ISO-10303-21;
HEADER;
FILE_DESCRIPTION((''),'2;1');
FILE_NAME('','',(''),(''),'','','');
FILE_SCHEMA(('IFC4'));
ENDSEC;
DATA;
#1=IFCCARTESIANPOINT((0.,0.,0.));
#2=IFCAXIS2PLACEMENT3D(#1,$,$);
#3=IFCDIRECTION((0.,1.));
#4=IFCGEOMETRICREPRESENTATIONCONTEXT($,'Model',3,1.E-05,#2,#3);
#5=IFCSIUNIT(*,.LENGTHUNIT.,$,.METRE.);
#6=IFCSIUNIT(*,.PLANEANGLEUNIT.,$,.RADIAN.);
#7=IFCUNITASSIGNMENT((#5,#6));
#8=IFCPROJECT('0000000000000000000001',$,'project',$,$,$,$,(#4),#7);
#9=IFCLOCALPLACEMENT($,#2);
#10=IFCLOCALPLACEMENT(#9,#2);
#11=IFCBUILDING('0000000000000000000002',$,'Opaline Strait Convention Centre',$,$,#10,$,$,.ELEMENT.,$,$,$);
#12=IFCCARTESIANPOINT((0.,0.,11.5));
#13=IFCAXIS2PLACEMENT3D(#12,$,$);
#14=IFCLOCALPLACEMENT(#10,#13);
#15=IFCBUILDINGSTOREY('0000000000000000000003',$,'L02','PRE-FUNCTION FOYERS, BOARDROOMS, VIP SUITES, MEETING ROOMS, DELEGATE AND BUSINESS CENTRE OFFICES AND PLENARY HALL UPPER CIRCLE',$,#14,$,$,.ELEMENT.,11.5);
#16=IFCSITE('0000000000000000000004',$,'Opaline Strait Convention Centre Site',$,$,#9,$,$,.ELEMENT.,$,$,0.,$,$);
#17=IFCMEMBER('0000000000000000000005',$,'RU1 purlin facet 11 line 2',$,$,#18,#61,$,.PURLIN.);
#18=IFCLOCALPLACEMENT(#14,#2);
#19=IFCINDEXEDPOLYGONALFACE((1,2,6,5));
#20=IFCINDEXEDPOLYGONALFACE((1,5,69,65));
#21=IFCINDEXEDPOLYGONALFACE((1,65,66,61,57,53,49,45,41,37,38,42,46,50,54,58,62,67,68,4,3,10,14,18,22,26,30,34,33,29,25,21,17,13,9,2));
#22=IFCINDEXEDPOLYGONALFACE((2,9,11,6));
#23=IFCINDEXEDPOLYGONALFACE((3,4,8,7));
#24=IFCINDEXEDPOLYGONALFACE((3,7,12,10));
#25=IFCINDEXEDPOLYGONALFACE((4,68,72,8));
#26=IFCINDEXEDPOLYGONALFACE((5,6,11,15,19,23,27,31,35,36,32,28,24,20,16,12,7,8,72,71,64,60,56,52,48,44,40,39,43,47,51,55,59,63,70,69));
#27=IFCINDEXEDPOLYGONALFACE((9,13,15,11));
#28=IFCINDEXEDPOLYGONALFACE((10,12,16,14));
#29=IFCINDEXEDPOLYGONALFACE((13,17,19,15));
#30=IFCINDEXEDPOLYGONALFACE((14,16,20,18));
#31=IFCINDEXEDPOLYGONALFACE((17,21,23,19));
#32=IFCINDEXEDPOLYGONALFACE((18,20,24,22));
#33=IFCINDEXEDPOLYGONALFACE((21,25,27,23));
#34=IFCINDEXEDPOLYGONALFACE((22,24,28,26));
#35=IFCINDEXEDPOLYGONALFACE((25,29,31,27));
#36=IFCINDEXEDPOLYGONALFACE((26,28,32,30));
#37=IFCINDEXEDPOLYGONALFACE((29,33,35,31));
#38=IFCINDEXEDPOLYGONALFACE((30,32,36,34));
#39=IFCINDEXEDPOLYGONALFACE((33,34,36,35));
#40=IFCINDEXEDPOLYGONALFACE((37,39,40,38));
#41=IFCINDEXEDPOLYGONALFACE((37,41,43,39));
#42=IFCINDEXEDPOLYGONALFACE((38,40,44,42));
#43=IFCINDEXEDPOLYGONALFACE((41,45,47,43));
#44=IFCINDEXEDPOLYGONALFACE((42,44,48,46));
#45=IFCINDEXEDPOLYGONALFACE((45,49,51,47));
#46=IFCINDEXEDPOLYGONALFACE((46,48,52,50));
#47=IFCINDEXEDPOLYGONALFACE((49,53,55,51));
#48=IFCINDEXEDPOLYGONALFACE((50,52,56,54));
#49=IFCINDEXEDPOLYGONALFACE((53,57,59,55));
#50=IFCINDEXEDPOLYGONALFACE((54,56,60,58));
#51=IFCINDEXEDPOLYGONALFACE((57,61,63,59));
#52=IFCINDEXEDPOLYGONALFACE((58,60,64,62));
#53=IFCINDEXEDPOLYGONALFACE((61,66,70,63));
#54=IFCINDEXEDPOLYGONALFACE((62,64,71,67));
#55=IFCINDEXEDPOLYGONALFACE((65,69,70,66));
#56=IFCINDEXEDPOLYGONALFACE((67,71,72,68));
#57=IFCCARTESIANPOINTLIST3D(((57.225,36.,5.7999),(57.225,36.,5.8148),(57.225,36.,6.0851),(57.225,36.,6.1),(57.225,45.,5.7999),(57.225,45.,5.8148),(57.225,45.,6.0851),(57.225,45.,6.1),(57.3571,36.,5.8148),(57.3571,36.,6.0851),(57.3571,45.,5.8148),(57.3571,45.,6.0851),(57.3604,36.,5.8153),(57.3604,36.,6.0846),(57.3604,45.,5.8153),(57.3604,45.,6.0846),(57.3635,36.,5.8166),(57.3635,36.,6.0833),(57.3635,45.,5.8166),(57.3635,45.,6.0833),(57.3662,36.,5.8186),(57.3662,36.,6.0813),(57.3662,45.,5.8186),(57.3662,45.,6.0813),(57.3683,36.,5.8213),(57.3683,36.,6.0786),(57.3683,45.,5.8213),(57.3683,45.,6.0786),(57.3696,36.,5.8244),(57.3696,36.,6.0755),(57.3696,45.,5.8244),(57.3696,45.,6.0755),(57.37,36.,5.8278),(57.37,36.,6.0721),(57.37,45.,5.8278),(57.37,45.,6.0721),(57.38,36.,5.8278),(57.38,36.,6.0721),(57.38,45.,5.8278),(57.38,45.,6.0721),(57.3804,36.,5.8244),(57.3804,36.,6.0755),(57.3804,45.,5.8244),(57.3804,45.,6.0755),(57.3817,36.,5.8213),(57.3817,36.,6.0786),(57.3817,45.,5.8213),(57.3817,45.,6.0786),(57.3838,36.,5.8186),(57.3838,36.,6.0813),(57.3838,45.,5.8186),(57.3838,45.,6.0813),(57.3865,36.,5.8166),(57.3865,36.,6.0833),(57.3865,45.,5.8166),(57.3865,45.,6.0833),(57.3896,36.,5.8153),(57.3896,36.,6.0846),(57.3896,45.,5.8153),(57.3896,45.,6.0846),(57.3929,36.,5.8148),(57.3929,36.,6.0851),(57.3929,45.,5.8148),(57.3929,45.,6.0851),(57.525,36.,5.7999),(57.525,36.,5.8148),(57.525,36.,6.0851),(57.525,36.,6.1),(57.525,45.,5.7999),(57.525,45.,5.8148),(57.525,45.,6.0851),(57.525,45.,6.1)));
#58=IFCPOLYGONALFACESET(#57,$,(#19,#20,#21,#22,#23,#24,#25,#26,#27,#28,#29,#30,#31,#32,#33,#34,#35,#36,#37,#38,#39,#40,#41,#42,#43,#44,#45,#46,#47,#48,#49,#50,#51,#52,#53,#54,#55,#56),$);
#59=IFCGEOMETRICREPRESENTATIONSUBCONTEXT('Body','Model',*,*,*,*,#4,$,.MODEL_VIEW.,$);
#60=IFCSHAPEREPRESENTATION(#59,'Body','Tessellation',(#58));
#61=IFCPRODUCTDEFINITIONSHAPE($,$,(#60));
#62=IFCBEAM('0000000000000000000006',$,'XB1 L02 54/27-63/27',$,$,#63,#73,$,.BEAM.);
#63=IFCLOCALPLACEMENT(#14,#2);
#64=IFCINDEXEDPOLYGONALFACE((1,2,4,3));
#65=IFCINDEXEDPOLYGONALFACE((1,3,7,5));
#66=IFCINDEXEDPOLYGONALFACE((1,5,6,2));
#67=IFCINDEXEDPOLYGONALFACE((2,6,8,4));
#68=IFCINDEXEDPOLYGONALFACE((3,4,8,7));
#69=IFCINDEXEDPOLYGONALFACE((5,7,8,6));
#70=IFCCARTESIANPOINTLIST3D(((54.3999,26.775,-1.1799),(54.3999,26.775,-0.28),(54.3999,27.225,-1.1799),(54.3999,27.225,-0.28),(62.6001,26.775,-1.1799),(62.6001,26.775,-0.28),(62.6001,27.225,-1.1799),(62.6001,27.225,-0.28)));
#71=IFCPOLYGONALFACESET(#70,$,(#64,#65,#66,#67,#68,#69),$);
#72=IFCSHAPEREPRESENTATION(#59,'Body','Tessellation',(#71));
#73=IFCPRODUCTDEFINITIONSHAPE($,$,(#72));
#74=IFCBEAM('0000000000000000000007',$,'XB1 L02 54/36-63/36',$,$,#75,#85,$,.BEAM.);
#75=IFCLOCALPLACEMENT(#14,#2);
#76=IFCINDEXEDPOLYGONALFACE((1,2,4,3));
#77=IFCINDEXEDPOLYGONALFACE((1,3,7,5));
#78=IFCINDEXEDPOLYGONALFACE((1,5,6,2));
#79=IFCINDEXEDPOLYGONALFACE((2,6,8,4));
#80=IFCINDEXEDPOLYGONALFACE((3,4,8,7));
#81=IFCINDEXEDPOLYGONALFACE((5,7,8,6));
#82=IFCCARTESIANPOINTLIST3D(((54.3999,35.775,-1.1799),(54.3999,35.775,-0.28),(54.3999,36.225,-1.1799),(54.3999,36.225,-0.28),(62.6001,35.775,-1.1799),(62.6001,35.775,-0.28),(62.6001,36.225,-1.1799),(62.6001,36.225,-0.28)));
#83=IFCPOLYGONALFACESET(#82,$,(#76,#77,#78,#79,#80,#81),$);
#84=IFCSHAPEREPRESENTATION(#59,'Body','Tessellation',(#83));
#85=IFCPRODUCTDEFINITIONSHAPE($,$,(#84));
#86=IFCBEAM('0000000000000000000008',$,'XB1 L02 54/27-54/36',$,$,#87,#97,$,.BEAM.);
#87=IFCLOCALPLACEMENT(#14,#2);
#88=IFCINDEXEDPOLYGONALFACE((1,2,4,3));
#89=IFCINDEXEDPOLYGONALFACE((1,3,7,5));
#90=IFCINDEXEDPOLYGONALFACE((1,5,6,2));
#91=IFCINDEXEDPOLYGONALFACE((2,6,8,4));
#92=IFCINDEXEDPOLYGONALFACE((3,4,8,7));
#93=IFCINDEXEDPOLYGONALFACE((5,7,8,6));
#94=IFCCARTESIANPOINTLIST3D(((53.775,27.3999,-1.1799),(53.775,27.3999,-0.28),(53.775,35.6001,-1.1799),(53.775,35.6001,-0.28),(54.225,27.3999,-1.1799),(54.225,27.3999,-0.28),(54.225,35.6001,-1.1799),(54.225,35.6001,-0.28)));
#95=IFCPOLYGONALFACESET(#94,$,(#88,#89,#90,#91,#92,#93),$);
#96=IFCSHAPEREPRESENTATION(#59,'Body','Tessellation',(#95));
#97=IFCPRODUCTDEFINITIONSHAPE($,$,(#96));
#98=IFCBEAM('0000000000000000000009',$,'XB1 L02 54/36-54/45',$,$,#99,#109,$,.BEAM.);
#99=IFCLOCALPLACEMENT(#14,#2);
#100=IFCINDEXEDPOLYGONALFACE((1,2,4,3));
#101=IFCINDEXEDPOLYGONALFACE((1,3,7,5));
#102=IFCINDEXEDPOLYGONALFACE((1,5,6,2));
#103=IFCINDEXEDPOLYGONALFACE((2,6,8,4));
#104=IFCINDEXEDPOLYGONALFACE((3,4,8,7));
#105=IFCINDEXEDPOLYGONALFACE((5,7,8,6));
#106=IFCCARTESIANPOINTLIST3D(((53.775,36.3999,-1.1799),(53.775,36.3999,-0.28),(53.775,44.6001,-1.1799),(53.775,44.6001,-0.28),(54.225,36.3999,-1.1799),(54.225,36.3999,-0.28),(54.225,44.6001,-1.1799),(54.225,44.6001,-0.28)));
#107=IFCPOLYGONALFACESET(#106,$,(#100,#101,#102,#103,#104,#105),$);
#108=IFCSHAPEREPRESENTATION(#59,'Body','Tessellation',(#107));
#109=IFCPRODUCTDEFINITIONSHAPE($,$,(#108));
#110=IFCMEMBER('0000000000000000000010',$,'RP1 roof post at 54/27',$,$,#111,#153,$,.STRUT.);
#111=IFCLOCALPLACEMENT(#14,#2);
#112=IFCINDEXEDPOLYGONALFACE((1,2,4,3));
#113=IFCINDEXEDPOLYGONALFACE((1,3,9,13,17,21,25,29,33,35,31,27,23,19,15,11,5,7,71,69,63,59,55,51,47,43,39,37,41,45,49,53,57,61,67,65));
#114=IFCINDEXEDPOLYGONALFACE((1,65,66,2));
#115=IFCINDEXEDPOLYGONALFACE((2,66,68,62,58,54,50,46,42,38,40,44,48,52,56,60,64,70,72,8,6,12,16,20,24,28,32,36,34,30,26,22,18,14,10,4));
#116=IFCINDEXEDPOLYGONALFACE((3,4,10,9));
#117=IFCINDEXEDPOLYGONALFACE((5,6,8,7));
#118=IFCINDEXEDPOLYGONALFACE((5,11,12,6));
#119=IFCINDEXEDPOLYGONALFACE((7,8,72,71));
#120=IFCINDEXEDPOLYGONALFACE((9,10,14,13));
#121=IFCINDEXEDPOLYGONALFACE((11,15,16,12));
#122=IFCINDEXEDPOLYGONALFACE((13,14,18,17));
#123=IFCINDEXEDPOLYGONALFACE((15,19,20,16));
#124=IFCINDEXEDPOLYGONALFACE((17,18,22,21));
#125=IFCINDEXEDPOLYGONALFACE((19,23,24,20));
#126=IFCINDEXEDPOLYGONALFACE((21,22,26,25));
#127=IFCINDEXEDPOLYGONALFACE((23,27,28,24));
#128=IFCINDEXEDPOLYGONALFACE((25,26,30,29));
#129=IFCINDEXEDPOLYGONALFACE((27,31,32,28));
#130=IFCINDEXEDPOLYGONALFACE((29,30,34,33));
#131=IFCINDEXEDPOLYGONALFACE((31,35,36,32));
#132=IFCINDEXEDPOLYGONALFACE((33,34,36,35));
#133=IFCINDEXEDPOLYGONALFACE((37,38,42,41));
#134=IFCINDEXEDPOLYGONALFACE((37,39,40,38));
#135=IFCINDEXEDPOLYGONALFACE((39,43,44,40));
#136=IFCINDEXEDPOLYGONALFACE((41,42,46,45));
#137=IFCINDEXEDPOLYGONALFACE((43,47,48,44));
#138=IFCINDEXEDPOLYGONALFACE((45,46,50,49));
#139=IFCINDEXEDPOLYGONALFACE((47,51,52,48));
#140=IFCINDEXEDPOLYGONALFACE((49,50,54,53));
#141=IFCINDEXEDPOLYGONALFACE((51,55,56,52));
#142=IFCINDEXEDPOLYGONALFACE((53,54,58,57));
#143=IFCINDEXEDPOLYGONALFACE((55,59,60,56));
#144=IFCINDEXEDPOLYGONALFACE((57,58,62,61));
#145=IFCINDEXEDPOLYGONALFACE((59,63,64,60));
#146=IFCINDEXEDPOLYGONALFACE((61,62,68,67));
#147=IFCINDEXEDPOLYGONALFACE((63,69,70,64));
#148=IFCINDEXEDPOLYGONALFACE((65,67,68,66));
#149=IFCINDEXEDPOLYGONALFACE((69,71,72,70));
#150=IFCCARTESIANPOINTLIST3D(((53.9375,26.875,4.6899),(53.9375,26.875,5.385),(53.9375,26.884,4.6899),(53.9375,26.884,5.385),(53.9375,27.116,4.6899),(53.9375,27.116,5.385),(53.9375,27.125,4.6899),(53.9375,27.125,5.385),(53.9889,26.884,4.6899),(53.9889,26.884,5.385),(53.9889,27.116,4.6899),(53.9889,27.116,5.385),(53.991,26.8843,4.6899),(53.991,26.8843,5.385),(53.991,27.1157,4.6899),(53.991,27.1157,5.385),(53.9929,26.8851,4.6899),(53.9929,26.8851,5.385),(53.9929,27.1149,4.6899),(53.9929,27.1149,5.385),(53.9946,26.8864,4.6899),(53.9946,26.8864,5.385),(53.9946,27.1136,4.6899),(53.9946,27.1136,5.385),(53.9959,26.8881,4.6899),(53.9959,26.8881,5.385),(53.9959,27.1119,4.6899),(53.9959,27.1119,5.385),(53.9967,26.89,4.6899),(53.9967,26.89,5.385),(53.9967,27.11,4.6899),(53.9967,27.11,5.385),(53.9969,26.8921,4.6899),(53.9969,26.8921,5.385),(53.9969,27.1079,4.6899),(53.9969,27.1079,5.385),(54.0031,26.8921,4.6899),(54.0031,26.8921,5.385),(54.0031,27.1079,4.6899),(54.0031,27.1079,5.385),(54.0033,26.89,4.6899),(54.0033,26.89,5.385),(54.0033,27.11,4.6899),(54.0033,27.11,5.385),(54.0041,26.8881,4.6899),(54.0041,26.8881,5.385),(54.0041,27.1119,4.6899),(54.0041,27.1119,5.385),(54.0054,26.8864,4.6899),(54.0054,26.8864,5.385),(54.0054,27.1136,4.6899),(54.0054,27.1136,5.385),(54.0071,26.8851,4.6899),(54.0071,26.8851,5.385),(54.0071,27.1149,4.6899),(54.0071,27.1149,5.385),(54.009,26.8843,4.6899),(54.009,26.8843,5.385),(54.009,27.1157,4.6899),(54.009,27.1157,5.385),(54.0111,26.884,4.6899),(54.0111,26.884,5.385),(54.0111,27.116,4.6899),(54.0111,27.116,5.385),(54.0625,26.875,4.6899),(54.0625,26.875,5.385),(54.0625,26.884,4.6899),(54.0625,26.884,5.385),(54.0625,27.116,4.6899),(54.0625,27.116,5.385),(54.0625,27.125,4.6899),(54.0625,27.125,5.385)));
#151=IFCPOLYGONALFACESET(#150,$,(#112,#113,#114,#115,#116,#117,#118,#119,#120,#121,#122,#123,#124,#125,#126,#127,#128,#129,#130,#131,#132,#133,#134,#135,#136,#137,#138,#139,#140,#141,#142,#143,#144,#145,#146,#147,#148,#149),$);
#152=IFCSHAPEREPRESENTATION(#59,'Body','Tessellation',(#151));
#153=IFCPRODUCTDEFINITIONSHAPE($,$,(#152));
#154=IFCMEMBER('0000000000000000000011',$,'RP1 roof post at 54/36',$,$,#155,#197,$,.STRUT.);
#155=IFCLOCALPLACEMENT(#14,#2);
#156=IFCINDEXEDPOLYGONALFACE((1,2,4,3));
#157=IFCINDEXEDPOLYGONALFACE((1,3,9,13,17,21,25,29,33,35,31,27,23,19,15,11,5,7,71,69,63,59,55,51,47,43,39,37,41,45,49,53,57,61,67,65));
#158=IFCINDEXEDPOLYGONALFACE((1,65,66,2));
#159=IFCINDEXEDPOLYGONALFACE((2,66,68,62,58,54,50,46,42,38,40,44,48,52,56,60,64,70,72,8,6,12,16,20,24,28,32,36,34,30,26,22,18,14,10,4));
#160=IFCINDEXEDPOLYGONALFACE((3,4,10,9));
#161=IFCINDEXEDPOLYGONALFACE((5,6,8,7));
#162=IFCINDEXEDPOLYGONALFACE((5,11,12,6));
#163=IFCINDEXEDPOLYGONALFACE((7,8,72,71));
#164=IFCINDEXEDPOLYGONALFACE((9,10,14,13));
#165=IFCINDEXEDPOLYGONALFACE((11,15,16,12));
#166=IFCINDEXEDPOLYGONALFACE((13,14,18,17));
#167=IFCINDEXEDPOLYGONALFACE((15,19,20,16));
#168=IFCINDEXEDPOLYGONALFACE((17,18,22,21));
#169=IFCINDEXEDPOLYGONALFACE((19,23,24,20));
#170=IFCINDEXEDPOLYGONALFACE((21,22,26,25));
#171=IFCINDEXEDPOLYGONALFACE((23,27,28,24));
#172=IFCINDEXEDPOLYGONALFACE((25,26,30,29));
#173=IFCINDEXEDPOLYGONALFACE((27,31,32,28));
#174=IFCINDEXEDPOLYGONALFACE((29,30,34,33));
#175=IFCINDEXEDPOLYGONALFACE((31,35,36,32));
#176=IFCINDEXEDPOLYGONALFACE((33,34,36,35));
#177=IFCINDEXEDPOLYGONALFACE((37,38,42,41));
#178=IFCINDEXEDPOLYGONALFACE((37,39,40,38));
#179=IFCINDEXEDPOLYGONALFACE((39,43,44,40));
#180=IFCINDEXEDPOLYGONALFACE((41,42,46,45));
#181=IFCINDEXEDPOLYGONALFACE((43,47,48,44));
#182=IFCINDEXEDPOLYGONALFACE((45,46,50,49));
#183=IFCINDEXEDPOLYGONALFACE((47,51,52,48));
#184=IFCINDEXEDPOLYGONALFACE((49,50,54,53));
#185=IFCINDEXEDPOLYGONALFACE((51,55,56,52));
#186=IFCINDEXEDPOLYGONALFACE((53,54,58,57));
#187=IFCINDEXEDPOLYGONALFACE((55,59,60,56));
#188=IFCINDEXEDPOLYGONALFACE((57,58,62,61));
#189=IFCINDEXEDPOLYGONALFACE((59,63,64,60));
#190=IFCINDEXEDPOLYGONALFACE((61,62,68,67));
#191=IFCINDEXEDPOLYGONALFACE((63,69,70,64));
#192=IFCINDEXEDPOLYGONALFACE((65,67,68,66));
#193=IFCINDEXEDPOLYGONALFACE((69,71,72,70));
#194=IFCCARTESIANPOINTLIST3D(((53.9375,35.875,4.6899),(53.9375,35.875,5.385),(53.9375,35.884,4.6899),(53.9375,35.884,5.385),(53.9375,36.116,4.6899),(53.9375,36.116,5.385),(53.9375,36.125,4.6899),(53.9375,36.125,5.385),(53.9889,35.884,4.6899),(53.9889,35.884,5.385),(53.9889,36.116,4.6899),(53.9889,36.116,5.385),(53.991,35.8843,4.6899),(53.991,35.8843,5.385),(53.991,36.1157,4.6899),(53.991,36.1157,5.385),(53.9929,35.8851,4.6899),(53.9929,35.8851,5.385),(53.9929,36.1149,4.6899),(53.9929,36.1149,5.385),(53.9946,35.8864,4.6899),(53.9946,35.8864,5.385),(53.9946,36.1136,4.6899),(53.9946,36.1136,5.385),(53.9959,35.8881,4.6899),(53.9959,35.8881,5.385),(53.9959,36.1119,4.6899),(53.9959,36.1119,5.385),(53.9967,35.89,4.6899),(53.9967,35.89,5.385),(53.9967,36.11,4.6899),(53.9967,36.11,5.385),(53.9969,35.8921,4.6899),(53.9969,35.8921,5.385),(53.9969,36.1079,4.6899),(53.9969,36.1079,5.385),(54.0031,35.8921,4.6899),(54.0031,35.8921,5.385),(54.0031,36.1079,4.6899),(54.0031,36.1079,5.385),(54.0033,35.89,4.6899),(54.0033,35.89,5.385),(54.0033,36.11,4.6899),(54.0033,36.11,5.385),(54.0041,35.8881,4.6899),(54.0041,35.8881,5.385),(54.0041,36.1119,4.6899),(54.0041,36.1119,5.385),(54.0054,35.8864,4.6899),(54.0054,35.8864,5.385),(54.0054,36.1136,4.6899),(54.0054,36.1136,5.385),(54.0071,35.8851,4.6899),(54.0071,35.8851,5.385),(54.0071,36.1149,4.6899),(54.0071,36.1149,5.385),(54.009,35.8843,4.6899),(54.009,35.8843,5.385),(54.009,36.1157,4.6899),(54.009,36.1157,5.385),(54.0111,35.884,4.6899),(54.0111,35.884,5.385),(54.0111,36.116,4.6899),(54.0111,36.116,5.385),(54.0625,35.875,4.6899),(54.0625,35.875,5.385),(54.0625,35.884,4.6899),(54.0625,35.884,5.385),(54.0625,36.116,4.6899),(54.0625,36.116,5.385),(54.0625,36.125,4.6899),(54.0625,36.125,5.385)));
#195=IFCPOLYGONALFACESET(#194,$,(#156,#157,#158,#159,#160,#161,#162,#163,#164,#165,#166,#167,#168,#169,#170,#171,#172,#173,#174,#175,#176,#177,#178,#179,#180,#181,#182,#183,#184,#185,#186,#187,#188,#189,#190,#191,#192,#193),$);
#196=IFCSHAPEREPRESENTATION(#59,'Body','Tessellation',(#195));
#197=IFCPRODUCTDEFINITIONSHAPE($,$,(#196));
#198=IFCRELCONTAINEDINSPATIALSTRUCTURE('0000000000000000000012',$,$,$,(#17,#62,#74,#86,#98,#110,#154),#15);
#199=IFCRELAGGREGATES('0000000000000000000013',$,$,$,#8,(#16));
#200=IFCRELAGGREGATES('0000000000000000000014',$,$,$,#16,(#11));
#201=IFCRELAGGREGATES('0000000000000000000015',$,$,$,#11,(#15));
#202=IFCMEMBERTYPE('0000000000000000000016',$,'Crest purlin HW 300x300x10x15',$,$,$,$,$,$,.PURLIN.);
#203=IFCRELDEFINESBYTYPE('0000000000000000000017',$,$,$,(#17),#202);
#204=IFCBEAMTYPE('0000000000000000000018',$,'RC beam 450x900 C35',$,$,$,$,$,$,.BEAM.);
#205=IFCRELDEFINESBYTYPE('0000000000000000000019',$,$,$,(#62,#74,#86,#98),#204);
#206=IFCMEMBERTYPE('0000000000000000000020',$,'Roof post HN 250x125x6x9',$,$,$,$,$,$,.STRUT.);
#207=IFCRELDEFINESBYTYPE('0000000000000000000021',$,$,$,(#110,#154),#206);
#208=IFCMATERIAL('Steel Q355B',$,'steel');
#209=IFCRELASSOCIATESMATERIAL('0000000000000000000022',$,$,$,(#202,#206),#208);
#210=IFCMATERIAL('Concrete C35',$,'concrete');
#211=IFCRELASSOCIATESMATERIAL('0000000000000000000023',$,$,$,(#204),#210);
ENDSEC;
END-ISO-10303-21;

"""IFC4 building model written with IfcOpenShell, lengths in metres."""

from ifc_helpers import new_model, si_unit, direction, frame, origin, origin_2d, place, context, subcontext, project, spatial, rectangle, i_section, extrude, material, material_profile, profile_set, type_object, element, save


model = new_model("IFC4")

# Units and contexts
model_context = context("Model", 3, precision=1e-05, world=origin(), true_north=direction((0.0, 1.0)))
body_context = subcontext(model_context, "Body", "Model", "MODEL_VIEW")
ifc_project = project(units=[si_unit("LENGTHUNIT", "METRE"), si_unit("PLANEANGLEUNIT", "RADIAN")], contexts=[model_context])

# Site, building, storey
site_placement = place(None, origin())
site = spatial("IfcSite", under=ifc_project, at=site_placement, Name="Opaline Strait Convention Centre Site", CompositionType="ELEMENT", RefElevation=0.0)
building_placement = place(site_placement, origin())
building = spatial("IfcBuilding", under=site, at=building_placement, Name="Opaline Strait Convention Centre", CompositionType="ELEMENT")
storey_placement = place(building_placement, frame((0.0, 0.0, 11.5)))
storey = spatial("IfcBuildingStorey", under=building, at=storey_placement, Name="L02", Description="PRE-FUNCTION FOYERS, BOARDROOMS, VIP SUITES, MEETING ROOMS, DELEGATE AND BUSINESS CENTRE OFFICES AND PLENARY HALL UPPER CIRCLE", CompositionType="ELEMENT", Elevation=11.5)

# Member
ifc_material_1 = material(Name="Steel Q355B", Category="steel")
ifc_material_profile_1 = material_profile(ifc_material_1, i_section(OverallWidth=0.3, OverallDepth=0.3, WebThickness=0.01, FlangeThickness=0.0149, FilletRadius=0.0129, at=origin_2d()), Name="HW 300x300x10x15")
ifc_profile_set_1 = profile_set([ifc_material_profile_1], Name="Steel Q355B")
member_type_1 = type_object("IfcMemberType", Name="Crest purlin HW 300x300x10x15", PredefinedType="PURLIN", material=ifc_profile_set_1)
for number, where, z_axis, x_axis, name in (
    (1, (57.375, 36.0, 5.95), (0.0, 1.0, 0.0), (-1.0, 0.0, 0.0), "RU1 purlin facet 11 line 2"),
):
    element("IfcMember", number, at=place(storey_placement, frame(where, z_axis=z_axis, x_axis=x_axis)), inside=storey, type_object=member_type_1, Name=name, PredefinedType="PURLIN", context=body_context, shape_type="SweptSolid", body=[
        extrude(i_section(OverallWidth=0.3, OverallDepth=0.3, WebThickness=0.01, FlangeThickness=0.0149, FilletRadius=0.0129, at=origin_2d()), origin(), (0.0, 0.0, 1.0), 9.0),
    ])

# Beams
ifc_material_2 = material(Name="Concrete C35", Category="concrete")
ifc_material_profile_2 = material_profile(ifc_material_2, rectangle(XDim=0.45, YDim=0.8999, at=origin_2d()), Name="RC 450x900")
ifc_profile_set_2 = profile_set([ifc_material_profile_2], Name="Concrete C35")
beam_type = type_object("IfcBeamType", Name="RC beam 450x900 C35", PredefinedType="BEAM", material=ifc_profile_set_2)
for number, where, z_axis, x_axis, name in (
    (2, (54.3999, 27.0, -0.73), (1.0, 0.0, 0.0), (0.0, 1.0, 0.0), "XB1 L02 54/27-63/27"),
    (3, (54.3999, 36.0, -0.73), (1.0, 0.0, 0.0), (0.0, 1.0, 0.0), "XB1 L02 54/36-63/36"),
    (4, (54.0, 27.3999, -0.73), (0.0, 1.0, 0.0), (-1.0, 0.0, 0.0), "XB1 L02 54/27-54/36"),
    (5, (54.0, 36.3999, -0.73), (0.0, 1.0, 0.0), (-1.0, 0.0, 0.0), "XB1 L02 54/36-54/45"),
):
    element("IfcBeam", number, at=place(storey_placement, frame(where, z_axis=z_axis, x_axis=x_axis)), inside=storey, type_object=beam_type, Name=name, PredefinedType="BEAM", context=body_context, shape_type="SweptSolid", body=[
        extrude(rectangle(XDim=0.45, YDim=0.8999, at=origin_2d()), origin(), (0.0, 0.0, 1.0), 8.2002),
    ])

# Members
ifc_material_profile_3 = material_profile(ifc_material_1, i_section(OverallWidth=0.125, OverallDepth=0.25, WebThickness=0.0061, FlangeThickness=0.009, FilletRadius=0.0081, at=origin_2d()), Name="HN 250x125x6x9")
ifc_profile_set_3 = profile_set([ifc_material_profile_3], Name="Steel Q355B")
member_type_2 = type_object("IfcMemberType", Name="Roof post HN 250x125x6x9", PredefinedType="STRUT", material=ifc_profile_set_3)
for number, where, z_axis, x_axis, name in (
    (6, (54.0, 27.0, 4.6899), (0.0, 0.0, 1.0), (1.0, 0.0, 0.0), "RP1 roof post at 54/27"),
    (7, (54.0, 36.0, 4.6899), (0.0, 0.0, 1.0), (1.0, 0.0, 0.0), "RP1 roof post at 54/36"),
):
    element("IfcMember", number, at=place(storey_placement, frame(where, z_axis=z_axis, x_axis=x_axis)), inside=storey, type_object=member_type_2, Name=name, PredefinedType="STRUT", context=body_context, shape_type="SweptSolid", body=[
        extrude(i_section(OverallWidth=0.125, OverallDepth=0.25, WebThickness=0.0061, FlangeThickness=0.009, FilletRadius=0.0081, at=origin_2d()), origin(), (0.0, 0.0, 1.0), 0.6951),
    ])

save(model, "model.ifc")
